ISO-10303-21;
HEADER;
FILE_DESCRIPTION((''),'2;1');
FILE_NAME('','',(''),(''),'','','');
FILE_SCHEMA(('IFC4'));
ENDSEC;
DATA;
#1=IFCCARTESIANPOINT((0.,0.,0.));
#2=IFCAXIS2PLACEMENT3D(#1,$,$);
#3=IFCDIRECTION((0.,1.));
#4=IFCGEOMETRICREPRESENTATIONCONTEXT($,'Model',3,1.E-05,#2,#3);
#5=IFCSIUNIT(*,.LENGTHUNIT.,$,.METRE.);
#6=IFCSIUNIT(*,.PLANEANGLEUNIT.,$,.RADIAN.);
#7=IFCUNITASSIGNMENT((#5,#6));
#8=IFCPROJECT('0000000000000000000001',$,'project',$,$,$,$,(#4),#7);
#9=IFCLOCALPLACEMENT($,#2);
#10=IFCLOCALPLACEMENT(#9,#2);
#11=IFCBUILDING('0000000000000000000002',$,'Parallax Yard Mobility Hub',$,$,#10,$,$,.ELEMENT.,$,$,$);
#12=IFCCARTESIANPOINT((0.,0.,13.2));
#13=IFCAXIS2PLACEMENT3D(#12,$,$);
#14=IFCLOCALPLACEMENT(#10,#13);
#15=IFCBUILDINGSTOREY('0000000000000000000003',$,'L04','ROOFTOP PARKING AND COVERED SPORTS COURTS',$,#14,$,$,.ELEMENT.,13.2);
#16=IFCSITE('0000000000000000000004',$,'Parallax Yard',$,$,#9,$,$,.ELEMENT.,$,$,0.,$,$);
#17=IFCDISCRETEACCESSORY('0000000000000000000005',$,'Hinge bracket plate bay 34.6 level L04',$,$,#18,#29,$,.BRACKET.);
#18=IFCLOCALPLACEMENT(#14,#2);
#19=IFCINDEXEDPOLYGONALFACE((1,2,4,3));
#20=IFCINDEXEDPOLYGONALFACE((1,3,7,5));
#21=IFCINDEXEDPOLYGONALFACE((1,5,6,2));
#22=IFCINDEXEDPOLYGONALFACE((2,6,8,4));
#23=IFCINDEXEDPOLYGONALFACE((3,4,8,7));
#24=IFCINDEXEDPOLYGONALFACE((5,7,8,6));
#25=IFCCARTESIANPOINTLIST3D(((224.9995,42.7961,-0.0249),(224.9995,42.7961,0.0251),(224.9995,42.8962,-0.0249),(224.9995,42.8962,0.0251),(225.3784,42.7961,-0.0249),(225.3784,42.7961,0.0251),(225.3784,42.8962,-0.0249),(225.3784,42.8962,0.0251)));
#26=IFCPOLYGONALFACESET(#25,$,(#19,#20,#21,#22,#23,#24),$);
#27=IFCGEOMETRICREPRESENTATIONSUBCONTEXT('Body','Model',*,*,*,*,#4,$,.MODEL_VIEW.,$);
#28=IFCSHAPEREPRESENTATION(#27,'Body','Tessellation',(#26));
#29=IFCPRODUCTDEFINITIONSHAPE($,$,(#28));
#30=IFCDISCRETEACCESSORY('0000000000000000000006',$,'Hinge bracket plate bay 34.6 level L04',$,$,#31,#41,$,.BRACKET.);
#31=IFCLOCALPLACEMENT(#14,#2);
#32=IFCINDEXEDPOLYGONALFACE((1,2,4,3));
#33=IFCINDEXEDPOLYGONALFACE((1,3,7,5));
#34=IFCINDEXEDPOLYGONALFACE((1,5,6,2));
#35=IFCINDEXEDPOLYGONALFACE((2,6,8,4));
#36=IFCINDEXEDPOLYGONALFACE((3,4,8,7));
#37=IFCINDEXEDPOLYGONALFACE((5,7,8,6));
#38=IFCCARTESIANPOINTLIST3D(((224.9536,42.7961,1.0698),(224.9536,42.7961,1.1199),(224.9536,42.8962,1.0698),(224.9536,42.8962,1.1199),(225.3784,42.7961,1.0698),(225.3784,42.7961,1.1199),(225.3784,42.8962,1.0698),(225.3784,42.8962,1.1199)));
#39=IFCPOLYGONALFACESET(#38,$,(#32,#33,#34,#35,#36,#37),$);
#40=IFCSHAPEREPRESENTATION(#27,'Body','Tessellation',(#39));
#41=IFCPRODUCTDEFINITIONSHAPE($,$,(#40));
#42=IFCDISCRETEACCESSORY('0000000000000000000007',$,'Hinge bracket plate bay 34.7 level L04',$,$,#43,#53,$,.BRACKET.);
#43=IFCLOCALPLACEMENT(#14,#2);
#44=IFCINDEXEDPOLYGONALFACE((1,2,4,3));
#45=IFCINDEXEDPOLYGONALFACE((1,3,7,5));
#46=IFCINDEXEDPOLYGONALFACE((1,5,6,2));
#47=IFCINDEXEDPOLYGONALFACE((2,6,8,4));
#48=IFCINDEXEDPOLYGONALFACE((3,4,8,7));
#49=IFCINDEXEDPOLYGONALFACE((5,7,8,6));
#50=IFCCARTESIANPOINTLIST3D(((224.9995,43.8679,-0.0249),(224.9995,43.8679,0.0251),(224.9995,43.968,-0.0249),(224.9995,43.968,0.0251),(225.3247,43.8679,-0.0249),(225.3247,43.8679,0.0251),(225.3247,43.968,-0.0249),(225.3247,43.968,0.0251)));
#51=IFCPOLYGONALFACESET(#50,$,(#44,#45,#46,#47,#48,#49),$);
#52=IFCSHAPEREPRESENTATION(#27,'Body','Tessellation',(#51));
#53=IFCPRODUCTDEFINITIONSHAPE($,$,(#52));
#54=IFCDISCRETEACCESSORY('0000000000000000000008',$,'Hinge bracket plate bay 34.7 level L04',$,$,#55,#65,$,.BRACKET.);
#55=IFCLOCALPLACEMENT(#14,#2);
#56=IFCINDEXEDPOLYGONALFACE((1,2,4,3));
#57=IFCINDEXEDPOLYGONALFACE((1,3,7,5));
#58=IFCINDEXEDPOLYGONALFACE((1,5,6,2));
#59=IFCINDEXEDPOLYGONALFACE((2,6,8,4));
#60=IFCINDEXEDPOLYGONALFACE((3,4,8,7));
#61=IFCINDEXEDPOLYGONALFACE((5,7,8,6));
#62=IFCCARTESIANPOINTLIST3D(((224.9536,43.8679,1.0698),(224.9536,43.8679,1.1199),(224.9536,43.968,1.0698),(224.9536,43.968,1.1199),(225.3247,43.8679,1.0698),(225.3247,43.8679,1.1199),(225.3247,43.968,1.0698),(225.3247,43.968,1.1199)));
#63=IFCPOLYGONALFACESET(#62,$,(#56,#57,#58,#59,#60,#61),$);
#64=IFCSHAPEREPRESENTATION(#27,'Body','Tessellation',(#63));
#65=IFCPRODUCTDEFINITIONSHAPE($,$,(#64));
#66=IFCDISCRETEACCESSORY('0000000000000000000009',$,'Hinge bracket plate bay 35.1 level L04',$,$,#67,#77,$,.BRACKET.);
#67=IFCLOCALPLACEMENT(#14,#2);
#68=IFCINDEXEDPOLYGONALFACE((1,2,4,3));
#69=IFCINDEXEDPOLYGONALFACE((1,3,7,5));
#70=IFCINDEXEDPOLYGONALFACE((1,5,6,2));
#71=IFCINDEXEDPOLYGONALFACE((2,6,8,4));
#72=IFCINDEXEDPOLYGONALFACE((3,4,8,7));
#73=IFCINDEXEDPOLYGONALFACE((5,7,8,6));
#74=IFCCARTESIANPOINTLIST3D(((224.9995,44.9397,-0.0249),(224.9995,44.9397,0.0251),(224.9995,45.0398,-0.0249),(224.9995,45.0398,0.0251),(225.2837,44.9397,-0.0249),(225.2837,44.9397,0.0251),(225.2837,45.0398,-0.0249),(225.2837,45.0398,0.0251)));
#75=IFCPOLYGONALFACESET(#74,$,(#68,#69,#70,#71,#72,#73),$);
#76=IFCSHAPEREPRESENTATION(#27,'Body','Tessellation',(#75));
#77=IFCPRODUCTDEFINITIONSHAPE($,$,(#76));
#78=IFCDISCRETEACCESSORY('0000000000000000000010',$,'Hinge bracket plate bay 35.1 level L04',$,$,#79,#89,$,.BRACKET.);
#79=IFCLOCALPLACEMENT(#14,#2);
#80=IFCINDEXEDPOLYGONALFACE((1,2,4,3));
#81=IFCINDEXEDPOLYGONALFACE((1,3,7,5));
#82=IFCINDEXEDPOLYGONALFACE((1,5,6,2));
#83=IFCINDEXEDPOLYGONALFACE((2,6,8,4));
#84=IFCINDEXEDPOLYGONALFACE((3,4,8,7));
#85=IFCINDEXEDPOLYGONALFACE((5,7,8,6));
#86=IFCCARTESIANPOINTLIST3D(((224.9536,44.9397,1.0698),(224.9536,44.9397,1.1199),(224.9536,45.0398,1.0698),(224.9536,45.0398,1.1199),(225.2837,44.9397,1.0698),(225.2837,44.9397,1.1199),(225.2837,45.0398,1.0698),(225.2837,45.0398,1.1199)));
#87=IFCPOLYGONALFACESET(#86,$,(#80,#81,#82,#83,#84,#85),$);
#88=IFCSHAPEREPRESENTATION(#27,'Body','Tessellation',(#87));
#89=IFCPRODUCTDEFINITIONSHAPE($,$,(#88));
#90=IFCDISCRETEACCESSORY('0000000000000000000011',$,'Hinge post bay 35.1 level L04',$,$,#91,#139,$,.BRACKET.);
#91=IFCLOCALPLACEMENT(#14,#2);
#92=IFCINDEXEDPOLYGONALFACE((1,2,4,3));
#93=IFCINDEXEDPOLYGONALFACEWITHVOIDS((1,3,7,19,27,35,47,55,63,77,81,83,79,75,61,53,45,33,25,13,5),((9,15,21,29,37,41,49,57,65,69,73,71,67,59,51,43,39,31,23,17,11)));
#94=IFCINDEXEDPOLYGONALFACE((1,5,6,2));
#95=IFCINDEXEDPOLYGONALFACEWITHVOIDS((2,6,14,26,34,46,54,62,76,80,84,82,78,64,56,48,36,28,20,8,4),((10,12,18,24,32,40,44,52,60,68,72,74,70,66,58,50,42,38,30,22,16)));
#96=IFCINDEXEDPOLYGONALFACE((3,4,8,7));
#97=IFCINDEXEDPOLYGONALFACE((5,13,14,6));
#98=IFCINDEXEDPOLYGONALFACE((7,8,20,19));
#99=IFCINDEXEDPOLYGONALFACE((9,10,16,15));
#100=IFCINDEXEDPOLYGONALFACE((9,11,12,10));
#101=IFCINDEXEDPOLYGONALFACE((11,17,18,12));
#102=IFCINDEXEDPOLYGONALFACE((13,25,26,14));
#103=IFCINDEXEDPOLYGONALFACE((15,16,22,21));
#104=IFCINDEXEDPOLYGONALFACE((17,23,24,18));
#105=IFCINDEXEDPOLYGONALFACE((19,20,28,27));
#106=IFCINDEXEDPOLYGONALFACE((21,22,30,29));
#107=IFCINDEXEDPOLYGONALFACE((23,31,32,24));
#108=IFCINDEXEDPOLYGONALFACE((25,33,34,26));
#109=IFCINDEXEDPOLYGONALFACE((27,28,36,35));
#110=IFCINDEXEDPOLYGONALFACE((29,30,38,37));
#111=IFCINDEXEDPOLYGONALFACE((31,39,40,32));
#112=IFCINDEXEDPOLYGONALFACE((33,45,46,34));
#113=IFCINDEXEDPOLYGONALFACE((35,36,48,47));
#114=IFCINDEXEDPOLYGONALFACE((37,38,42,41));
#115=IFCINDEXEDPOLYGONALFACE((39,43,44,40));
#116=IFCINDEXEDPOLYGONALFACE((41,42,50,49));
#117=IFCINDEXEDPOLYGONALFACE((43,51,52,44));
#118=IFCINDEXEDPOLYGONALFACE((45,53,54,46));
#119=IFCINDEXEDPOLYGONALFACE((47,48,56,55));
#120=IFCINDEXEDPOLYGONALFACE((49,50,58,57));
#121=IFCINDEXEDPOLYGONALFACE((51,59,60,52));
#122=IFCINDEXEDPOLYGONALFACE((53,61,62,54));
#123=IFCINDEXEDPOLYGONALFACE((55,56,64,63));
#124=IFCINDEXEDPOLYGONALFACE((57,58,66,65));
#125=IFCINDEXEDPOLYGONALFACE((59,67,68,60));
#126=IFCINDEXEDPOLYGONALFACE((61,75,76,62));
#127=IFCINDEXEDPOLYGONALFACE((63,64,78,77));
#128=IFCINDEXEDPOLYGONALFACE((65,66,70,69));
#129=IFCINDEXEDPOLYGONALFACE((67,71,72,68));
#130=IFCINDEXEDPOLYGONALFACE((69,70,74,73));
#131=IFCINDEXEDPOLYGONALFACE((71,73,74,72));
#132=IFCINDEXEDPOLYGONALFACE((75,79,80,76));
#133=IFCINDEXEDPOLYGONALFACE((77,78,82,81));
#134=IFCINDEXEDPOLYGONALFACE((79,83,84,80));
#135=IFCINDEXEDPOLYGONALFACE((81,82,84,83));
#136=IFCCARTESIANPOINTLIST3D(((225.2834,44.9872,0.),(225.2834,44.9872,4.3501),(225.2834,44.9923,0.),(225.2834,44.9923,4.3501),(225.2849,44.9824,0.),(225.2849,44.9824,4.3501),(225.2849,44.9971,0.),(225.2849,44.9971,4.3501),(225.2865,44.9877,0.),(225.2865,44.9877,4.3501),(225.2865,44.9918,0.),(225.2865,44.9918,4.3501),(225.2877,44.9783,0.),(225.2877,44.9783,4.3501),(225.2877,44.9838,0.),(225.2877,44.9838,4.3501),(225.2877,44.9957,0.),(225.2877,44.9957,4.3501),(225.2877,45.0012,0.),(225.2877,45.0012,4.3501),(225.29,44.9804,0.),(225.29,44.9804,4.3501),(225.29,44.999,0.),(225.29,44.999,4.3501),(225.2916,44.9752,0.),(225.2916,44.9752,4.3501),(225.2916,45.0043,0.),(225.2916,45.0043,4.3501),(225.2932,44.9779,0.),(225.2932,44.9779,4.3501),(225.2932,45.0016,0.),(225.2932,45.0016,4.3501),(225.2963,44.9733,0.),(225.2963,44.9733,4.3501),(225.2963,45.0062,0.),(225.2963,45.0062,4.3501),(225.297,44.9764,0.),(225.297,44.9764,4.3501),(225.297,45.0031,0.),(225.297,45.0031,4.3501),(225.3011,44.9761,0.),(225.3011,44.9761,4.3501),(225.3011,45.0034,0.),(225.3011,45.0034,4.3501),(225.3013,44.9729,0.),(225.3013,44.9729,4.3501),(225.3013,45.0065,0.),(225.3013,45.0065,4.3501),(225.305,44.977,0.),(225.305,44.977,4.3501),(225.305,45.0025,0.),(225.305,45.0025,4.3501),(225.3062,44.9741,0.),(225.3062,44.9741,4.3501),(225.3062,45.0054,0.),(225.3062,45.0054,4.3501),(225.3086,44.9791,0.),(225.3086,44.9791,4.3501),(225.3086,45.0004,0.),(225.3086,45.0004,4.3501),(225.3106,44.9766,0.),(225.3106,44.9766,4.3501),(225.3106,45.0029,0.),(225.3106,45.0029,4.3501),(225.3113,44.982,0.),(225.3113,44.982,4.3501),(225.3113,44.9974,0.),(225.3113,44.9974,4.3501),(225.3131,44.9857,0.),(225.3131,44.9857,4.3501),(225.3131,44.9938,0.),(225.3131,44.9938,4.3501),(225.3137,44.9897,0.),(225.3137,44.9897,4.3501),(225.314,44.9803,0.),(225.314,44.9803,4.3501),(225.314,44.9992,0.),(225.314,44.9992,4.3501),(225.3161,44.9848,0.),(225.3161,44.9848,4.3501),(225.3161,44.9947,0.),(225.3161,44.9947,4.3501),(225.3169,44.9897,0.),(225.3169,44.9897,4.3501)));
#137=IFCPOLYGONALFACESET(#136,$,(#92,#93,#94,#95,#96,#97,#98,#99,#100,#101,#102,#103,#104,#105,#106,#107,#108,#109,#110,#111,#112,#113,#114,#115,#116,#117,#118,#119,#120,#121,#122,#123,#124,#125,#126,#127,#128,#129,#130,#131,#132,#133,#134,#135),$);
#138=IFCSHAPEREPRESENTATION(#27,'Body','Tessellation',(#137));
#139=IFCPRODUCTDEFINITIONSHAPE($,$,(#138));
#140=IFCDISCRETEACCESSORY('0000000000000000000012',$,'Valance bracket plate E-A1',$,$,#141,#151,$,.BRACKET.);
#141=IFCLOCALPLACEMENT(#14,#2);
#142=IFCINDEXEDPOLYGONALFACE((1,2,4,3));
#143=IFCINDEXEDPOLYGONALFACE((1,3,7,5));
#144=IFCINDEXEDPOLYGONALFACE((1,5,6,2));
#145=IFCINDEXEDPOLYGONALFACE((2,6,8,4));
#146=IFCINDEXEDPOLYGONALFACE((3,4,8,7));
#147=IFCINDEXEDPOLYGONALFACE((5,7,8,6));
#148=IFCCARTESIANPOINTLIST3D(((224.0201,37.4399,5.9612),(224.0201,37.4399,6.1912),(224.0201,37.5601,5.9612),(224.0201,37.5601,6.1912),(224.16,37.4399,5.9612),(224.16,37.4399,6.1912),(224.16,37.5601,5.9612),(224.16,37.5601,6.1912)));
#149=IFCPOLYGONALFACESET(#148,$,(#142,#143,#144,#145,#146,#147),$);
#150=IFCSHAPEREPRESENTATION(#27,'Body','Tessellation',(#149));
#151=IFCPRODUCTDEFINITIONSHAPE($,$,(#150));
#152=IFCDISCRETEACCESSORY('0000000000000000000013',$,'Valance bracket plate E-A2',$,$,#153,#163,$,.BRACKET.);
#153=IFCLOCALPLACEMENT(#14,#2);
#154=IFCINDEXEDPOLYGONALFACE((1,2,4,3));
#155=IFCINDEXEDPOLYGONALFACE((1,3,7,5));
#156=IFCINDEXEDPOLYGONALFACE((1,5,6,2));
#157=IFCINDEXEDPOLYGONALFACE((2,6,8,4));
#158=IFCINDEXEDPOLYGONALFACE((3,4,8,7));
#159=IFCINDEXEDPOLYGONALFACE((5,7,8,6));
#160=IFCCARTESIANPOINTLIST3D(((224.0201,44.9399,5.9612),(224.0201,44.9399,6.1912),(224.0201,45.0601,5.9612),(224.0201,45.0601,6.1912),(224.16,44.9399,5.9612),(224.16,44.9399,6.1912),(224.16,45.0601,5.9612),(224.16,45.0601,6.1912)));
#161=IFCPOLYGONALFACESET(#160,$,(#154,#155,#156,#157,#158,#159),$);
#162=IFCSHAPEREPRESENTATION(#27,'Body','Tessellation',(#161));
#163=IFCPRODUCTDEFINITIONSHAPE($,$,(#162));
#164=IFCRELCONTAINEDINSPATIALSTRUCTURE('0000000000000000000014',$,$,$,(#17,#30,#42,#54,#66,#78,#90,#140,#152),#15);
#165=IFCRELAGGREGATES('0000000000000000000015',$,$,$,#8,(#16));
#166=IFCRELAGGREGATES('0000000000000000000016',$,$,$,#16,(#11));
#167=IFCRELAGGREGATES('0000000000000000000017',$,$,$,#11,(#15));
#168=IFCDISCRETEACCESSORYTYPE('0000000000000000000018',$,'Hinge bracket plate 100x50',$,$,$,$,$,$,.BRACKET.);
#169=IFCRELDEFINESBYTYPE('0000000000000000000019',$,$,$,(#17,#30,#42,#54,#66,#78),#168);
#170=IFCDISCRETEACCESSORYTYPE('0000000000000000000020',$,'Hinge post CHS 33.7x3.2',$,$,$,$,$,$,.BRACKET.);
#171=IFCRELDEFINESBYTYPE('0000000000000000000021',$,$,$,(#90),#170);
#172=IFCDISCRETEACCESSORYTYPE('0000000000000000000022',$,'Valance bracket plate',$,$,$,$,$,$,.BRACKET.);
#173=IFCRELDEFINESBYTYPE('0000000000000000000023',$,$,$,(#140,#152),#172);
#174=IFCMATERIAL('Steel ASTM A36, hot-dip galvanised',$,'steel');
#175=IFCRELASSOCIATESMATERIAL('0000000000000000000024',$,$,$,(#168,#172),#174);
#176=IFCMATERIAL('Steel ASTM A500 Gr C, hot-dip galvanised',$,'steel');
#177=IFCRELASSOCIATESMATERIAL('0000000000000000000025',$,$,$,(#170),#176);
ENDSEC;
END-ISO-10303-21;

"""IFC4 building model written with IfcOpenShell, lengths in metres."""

from ifc_helpers import new_model, si_unit, direction, frame, origin, origin_2d, place, context, subcontext, project, spatial, rectangle, hollow_circle, extrude, material, material_profile, profile_set, type_object, element, save


model = new_model("IFC4")

# Units and contexts
model_context = context("Model", 3, precision=1e-05, world=origin(), true_north=direction((0.0, 1.0)))
body_context = subcontext(model_context, "Body", "Model", "MODEL_VIEW")
ifc_project = project(units=[si_unit("LENGTHUNIT", "METRE"), si_unit("PLANEANGLEUNIT", "RADIAN")], contexts=[model_context])

# Site, building, storey
site_placement = place(None, origin())
site = spatial("IfcSite", under=ifc_project, at=site_placement, Name="Parallax Yard", CompositionType="ELEMENT", RefElevation=0.0)
building_placement = place(site_placement, origin())
building = spatial("IfcBuilding", under=site, at=building_placement, Name="Parallax Yard Mobility Hub", CompositionType="ELEMENT")
storey_placement = place(building_placement, frame((0.0, 0.0, 13.2)))
storey = spatial("IfcBuildingStorey", under=building, at=storey_placement, Name="L04", Description="ROOFTOP PARKING AND COVERED SPORTS COURTS", CompositionType="ELEMENT", Elevation=13.2)

# Discrete accessories
ifc_material_1 = material(Name="Steel ASTM A36, hot-dip galvanised", Category="steel")
discrete_accessory_type_1 = type_object("IfcDiscreteAccessoryType", Name="Hinge bracket plate 100x50", PredefinedType="BRACKET", material=ifc_material_1)
discrete_accessory_1_placement = place(storey_placement, frame((225.189, 42.8462, -0.0249), z_axis=(0.0, 0.0, 1.0), x_axis=(1.0, 0.0, 0.0)))
element("IfcDiscreteAccessory", 1, at=discrete_accessory_1_placement, inside=storey, type_object=discrete_accessory_type_1, Name="Hinge bracket plate bay 34.6 level L04", PredefinedType="BRACKET", context=body_context, shape_type="SweptSolid", body=[
    extrude(rectangle(XDim=0.3789, YDim=0.1001, at=origin_2d()), origin(), (0.0, 0.0, 1.0), 0.05),
])
discrete_accessory_2_placement = place(storey_placement, frame((225.166, 42.8462, 1.0698), z_axis=(0.0, 0.0, 1.0), x_axis=(1.0, 0.0, 0.0)))
element("IfcDiscreteAccessory", 2, at=discrete_accessory_2_placement, inside=storey, type_object=discrete_accessory_type_1, Name="Hinge bracket plate bay 34.6 level L04", PredefinedType="BRACKET", context=body_context, shape_type="SweptSolid", body=[
    extrude(rectangle(XDim=0.4248, YDim=0.1001, at=origin_2d()), origin(), (0.0, 0.0, 1.0), 0.05),
])
discrete_accessory_3_placement = place(storey_placement, frame((225.1621, 43.918, -0.0249), z_axis=(0.0, 0.0, 1.0), x_axis=(1.0, 0.0, 0.0)))
element("IfcDiscreteAccessory", 3, at=discrete_accessory_3_placement, inside=storey, type_object=discrete_accessory_type_1, Name="Hinge bracket plate bay 34.7 level L04", PredefinedType="BRACKET", context=body_context, shape_type="SweptSolid", body=[
    extrude(rectangle(XDim=0.3252, YDim=0.1001, at=origin_2d()), origin(), (0.0, 0.0, 1.0), 0.05),
])
discrete_accessory_4_placement = place(storey_placement, frame((225.1392, 43.918, 1.0698), z_axis=(0.0, 0.0, 1.0), x_axis=(1.0, 0.0, 0.0)))
element("IfcDiscreteAccessory", 4, at=discrete_accessory_4_placement, inside=storey, type_object=discrete_accessory_type_1, Name="Hinge bracket plate bay 34.7 level L04", PredefinedType="BRACKET", context=body_context, shape_type="SweptSolid", body=[
    extrude(rectangle(XDim=0.3711, YDim=0.1001, at=origin_2d()), origin(), (0.0, 0.0, 1.0), 0.05),
])
discrete_accessory_5_placement = place(storey_placement, frame((225.1416, 44.9897, -0.0249), z_axis=(0.0, 0.0, 1.0), x_axis=(1.0, 0.0, 0.0)))
element("IfcDiscreteAccessory", 5, at=discrete_accessory_5_placement, inside=storey, type_object=discrete_accessory_type_1, Name="Hinge bracket plate bay 35.1 level L04", PredefinedType="BRACKET", context=body_context, shape_type="SweptSolid", body=[
    extrude(rectangle(XDim=0.2842, YDim=0.1001, at=origin_2d()), origin(), (0.0, 0.0, 1.0), 0.05),
])
discrete_accessory_6_placement = place(storey_placement, frame((225.1187, 44.9897, 1.0698), z_axis=(0.0, 0.0, 1.0), x_axis=(1.0, 0.0, 0.0)))
element("IfcDiscreteAccessory", 6, at=discrete_accessory_6_placement, inside=storey, type_object=discrete_accessory_type_1, Name="Hinge bracket plate bay 35.1 level L04", PredefinedType="BRACKET", context=body_context, shape_type="SweptSolid", body=[
    extrude(rectangle(XDim=0.3301, YDim=0.1001, at=origin_2d()), origin(), (0.0, 0.0, 1.0), 0.05),
])
ifc_material_2 = material(Name="Steel ASTM A500 Gr C, hot-dip galvanised", Category="steel")
ifc_material_profile_1 = material_profile(ifc_material_2, hollow_circle(Radius=0.0168, WallThickness=0.0032, at=origin_2d()), Name="CHS 33.7x3.2")
ifc_profile_set_1 = profile_set([ifc_material_profile_1], Name="Steel ASTM A500 Gr C, hot-dip galvanised")
discrete_accessory_type_2 = type_object("IfcDiscreteAccessoryType", Name="Hinge post CHS 33.7x3.2", PredefinedType="BRACKET", material=ifc_profile_set_1)
discrete_accessory_7_placement = place(storey_placement, frame((225.3, 44.9897, 0.0), z_axis=(0.0, 0.0, 1.0), x_axis=(1.0, 0.0, 0.0)))
element("IfcDiscreteAccessory", 7, at=discrete_accessory_7_placement, inside=storey, type_object=discrete_accessory_type_2, Name="Hinge post bay 35.1 level L04", PredefinedType="BRACKET", context=body_context, shape_type="SweptSolid", body=[
    extrude(hollow_circle(Radius=0.0168, WallThickness=0.0032, at=origin_2d()), origin(), (0.0, 0.0, 1.0), 4.3501),
])
discrete_accessory_type_3 = type_object("IfcDiscreteAccessoryType", Name="Valance bracket plate", PredefinedType="BRACKET", material=ifc_material_1)
for number, where, z_axis, x_axis, name in (
    (8, (224.0901, 37.5, 5.9612), (0.0, 0.0, 1.0), (1.0, 0.0, 0.0), "Valance bracket plate E-A1"),
    (9, (224.0901, 45.0, 5.9612), (0.0, 0.0, 1.0), (1.0, 0.0, 0.0), "Valance bracket plate E-A2"),
):
    element("IfcDiscreteAccessory", number, at=place(storey_placement, frame(where, z_axis=z_axis, x_axis=x_axis)), inside=storey, type_object=discrete_accessory_type_3, Name=name, PredefinedType="BRACKET", context=body_context, shape_type="SweptSolid", body=[
        extrude(rectangle(XDim=0.1399, YDim=0.1201, at=origin_2d()), origin(), (0.0, 0.0, 1.0), 0.23),
    ])

save(model, "model.ifc")
